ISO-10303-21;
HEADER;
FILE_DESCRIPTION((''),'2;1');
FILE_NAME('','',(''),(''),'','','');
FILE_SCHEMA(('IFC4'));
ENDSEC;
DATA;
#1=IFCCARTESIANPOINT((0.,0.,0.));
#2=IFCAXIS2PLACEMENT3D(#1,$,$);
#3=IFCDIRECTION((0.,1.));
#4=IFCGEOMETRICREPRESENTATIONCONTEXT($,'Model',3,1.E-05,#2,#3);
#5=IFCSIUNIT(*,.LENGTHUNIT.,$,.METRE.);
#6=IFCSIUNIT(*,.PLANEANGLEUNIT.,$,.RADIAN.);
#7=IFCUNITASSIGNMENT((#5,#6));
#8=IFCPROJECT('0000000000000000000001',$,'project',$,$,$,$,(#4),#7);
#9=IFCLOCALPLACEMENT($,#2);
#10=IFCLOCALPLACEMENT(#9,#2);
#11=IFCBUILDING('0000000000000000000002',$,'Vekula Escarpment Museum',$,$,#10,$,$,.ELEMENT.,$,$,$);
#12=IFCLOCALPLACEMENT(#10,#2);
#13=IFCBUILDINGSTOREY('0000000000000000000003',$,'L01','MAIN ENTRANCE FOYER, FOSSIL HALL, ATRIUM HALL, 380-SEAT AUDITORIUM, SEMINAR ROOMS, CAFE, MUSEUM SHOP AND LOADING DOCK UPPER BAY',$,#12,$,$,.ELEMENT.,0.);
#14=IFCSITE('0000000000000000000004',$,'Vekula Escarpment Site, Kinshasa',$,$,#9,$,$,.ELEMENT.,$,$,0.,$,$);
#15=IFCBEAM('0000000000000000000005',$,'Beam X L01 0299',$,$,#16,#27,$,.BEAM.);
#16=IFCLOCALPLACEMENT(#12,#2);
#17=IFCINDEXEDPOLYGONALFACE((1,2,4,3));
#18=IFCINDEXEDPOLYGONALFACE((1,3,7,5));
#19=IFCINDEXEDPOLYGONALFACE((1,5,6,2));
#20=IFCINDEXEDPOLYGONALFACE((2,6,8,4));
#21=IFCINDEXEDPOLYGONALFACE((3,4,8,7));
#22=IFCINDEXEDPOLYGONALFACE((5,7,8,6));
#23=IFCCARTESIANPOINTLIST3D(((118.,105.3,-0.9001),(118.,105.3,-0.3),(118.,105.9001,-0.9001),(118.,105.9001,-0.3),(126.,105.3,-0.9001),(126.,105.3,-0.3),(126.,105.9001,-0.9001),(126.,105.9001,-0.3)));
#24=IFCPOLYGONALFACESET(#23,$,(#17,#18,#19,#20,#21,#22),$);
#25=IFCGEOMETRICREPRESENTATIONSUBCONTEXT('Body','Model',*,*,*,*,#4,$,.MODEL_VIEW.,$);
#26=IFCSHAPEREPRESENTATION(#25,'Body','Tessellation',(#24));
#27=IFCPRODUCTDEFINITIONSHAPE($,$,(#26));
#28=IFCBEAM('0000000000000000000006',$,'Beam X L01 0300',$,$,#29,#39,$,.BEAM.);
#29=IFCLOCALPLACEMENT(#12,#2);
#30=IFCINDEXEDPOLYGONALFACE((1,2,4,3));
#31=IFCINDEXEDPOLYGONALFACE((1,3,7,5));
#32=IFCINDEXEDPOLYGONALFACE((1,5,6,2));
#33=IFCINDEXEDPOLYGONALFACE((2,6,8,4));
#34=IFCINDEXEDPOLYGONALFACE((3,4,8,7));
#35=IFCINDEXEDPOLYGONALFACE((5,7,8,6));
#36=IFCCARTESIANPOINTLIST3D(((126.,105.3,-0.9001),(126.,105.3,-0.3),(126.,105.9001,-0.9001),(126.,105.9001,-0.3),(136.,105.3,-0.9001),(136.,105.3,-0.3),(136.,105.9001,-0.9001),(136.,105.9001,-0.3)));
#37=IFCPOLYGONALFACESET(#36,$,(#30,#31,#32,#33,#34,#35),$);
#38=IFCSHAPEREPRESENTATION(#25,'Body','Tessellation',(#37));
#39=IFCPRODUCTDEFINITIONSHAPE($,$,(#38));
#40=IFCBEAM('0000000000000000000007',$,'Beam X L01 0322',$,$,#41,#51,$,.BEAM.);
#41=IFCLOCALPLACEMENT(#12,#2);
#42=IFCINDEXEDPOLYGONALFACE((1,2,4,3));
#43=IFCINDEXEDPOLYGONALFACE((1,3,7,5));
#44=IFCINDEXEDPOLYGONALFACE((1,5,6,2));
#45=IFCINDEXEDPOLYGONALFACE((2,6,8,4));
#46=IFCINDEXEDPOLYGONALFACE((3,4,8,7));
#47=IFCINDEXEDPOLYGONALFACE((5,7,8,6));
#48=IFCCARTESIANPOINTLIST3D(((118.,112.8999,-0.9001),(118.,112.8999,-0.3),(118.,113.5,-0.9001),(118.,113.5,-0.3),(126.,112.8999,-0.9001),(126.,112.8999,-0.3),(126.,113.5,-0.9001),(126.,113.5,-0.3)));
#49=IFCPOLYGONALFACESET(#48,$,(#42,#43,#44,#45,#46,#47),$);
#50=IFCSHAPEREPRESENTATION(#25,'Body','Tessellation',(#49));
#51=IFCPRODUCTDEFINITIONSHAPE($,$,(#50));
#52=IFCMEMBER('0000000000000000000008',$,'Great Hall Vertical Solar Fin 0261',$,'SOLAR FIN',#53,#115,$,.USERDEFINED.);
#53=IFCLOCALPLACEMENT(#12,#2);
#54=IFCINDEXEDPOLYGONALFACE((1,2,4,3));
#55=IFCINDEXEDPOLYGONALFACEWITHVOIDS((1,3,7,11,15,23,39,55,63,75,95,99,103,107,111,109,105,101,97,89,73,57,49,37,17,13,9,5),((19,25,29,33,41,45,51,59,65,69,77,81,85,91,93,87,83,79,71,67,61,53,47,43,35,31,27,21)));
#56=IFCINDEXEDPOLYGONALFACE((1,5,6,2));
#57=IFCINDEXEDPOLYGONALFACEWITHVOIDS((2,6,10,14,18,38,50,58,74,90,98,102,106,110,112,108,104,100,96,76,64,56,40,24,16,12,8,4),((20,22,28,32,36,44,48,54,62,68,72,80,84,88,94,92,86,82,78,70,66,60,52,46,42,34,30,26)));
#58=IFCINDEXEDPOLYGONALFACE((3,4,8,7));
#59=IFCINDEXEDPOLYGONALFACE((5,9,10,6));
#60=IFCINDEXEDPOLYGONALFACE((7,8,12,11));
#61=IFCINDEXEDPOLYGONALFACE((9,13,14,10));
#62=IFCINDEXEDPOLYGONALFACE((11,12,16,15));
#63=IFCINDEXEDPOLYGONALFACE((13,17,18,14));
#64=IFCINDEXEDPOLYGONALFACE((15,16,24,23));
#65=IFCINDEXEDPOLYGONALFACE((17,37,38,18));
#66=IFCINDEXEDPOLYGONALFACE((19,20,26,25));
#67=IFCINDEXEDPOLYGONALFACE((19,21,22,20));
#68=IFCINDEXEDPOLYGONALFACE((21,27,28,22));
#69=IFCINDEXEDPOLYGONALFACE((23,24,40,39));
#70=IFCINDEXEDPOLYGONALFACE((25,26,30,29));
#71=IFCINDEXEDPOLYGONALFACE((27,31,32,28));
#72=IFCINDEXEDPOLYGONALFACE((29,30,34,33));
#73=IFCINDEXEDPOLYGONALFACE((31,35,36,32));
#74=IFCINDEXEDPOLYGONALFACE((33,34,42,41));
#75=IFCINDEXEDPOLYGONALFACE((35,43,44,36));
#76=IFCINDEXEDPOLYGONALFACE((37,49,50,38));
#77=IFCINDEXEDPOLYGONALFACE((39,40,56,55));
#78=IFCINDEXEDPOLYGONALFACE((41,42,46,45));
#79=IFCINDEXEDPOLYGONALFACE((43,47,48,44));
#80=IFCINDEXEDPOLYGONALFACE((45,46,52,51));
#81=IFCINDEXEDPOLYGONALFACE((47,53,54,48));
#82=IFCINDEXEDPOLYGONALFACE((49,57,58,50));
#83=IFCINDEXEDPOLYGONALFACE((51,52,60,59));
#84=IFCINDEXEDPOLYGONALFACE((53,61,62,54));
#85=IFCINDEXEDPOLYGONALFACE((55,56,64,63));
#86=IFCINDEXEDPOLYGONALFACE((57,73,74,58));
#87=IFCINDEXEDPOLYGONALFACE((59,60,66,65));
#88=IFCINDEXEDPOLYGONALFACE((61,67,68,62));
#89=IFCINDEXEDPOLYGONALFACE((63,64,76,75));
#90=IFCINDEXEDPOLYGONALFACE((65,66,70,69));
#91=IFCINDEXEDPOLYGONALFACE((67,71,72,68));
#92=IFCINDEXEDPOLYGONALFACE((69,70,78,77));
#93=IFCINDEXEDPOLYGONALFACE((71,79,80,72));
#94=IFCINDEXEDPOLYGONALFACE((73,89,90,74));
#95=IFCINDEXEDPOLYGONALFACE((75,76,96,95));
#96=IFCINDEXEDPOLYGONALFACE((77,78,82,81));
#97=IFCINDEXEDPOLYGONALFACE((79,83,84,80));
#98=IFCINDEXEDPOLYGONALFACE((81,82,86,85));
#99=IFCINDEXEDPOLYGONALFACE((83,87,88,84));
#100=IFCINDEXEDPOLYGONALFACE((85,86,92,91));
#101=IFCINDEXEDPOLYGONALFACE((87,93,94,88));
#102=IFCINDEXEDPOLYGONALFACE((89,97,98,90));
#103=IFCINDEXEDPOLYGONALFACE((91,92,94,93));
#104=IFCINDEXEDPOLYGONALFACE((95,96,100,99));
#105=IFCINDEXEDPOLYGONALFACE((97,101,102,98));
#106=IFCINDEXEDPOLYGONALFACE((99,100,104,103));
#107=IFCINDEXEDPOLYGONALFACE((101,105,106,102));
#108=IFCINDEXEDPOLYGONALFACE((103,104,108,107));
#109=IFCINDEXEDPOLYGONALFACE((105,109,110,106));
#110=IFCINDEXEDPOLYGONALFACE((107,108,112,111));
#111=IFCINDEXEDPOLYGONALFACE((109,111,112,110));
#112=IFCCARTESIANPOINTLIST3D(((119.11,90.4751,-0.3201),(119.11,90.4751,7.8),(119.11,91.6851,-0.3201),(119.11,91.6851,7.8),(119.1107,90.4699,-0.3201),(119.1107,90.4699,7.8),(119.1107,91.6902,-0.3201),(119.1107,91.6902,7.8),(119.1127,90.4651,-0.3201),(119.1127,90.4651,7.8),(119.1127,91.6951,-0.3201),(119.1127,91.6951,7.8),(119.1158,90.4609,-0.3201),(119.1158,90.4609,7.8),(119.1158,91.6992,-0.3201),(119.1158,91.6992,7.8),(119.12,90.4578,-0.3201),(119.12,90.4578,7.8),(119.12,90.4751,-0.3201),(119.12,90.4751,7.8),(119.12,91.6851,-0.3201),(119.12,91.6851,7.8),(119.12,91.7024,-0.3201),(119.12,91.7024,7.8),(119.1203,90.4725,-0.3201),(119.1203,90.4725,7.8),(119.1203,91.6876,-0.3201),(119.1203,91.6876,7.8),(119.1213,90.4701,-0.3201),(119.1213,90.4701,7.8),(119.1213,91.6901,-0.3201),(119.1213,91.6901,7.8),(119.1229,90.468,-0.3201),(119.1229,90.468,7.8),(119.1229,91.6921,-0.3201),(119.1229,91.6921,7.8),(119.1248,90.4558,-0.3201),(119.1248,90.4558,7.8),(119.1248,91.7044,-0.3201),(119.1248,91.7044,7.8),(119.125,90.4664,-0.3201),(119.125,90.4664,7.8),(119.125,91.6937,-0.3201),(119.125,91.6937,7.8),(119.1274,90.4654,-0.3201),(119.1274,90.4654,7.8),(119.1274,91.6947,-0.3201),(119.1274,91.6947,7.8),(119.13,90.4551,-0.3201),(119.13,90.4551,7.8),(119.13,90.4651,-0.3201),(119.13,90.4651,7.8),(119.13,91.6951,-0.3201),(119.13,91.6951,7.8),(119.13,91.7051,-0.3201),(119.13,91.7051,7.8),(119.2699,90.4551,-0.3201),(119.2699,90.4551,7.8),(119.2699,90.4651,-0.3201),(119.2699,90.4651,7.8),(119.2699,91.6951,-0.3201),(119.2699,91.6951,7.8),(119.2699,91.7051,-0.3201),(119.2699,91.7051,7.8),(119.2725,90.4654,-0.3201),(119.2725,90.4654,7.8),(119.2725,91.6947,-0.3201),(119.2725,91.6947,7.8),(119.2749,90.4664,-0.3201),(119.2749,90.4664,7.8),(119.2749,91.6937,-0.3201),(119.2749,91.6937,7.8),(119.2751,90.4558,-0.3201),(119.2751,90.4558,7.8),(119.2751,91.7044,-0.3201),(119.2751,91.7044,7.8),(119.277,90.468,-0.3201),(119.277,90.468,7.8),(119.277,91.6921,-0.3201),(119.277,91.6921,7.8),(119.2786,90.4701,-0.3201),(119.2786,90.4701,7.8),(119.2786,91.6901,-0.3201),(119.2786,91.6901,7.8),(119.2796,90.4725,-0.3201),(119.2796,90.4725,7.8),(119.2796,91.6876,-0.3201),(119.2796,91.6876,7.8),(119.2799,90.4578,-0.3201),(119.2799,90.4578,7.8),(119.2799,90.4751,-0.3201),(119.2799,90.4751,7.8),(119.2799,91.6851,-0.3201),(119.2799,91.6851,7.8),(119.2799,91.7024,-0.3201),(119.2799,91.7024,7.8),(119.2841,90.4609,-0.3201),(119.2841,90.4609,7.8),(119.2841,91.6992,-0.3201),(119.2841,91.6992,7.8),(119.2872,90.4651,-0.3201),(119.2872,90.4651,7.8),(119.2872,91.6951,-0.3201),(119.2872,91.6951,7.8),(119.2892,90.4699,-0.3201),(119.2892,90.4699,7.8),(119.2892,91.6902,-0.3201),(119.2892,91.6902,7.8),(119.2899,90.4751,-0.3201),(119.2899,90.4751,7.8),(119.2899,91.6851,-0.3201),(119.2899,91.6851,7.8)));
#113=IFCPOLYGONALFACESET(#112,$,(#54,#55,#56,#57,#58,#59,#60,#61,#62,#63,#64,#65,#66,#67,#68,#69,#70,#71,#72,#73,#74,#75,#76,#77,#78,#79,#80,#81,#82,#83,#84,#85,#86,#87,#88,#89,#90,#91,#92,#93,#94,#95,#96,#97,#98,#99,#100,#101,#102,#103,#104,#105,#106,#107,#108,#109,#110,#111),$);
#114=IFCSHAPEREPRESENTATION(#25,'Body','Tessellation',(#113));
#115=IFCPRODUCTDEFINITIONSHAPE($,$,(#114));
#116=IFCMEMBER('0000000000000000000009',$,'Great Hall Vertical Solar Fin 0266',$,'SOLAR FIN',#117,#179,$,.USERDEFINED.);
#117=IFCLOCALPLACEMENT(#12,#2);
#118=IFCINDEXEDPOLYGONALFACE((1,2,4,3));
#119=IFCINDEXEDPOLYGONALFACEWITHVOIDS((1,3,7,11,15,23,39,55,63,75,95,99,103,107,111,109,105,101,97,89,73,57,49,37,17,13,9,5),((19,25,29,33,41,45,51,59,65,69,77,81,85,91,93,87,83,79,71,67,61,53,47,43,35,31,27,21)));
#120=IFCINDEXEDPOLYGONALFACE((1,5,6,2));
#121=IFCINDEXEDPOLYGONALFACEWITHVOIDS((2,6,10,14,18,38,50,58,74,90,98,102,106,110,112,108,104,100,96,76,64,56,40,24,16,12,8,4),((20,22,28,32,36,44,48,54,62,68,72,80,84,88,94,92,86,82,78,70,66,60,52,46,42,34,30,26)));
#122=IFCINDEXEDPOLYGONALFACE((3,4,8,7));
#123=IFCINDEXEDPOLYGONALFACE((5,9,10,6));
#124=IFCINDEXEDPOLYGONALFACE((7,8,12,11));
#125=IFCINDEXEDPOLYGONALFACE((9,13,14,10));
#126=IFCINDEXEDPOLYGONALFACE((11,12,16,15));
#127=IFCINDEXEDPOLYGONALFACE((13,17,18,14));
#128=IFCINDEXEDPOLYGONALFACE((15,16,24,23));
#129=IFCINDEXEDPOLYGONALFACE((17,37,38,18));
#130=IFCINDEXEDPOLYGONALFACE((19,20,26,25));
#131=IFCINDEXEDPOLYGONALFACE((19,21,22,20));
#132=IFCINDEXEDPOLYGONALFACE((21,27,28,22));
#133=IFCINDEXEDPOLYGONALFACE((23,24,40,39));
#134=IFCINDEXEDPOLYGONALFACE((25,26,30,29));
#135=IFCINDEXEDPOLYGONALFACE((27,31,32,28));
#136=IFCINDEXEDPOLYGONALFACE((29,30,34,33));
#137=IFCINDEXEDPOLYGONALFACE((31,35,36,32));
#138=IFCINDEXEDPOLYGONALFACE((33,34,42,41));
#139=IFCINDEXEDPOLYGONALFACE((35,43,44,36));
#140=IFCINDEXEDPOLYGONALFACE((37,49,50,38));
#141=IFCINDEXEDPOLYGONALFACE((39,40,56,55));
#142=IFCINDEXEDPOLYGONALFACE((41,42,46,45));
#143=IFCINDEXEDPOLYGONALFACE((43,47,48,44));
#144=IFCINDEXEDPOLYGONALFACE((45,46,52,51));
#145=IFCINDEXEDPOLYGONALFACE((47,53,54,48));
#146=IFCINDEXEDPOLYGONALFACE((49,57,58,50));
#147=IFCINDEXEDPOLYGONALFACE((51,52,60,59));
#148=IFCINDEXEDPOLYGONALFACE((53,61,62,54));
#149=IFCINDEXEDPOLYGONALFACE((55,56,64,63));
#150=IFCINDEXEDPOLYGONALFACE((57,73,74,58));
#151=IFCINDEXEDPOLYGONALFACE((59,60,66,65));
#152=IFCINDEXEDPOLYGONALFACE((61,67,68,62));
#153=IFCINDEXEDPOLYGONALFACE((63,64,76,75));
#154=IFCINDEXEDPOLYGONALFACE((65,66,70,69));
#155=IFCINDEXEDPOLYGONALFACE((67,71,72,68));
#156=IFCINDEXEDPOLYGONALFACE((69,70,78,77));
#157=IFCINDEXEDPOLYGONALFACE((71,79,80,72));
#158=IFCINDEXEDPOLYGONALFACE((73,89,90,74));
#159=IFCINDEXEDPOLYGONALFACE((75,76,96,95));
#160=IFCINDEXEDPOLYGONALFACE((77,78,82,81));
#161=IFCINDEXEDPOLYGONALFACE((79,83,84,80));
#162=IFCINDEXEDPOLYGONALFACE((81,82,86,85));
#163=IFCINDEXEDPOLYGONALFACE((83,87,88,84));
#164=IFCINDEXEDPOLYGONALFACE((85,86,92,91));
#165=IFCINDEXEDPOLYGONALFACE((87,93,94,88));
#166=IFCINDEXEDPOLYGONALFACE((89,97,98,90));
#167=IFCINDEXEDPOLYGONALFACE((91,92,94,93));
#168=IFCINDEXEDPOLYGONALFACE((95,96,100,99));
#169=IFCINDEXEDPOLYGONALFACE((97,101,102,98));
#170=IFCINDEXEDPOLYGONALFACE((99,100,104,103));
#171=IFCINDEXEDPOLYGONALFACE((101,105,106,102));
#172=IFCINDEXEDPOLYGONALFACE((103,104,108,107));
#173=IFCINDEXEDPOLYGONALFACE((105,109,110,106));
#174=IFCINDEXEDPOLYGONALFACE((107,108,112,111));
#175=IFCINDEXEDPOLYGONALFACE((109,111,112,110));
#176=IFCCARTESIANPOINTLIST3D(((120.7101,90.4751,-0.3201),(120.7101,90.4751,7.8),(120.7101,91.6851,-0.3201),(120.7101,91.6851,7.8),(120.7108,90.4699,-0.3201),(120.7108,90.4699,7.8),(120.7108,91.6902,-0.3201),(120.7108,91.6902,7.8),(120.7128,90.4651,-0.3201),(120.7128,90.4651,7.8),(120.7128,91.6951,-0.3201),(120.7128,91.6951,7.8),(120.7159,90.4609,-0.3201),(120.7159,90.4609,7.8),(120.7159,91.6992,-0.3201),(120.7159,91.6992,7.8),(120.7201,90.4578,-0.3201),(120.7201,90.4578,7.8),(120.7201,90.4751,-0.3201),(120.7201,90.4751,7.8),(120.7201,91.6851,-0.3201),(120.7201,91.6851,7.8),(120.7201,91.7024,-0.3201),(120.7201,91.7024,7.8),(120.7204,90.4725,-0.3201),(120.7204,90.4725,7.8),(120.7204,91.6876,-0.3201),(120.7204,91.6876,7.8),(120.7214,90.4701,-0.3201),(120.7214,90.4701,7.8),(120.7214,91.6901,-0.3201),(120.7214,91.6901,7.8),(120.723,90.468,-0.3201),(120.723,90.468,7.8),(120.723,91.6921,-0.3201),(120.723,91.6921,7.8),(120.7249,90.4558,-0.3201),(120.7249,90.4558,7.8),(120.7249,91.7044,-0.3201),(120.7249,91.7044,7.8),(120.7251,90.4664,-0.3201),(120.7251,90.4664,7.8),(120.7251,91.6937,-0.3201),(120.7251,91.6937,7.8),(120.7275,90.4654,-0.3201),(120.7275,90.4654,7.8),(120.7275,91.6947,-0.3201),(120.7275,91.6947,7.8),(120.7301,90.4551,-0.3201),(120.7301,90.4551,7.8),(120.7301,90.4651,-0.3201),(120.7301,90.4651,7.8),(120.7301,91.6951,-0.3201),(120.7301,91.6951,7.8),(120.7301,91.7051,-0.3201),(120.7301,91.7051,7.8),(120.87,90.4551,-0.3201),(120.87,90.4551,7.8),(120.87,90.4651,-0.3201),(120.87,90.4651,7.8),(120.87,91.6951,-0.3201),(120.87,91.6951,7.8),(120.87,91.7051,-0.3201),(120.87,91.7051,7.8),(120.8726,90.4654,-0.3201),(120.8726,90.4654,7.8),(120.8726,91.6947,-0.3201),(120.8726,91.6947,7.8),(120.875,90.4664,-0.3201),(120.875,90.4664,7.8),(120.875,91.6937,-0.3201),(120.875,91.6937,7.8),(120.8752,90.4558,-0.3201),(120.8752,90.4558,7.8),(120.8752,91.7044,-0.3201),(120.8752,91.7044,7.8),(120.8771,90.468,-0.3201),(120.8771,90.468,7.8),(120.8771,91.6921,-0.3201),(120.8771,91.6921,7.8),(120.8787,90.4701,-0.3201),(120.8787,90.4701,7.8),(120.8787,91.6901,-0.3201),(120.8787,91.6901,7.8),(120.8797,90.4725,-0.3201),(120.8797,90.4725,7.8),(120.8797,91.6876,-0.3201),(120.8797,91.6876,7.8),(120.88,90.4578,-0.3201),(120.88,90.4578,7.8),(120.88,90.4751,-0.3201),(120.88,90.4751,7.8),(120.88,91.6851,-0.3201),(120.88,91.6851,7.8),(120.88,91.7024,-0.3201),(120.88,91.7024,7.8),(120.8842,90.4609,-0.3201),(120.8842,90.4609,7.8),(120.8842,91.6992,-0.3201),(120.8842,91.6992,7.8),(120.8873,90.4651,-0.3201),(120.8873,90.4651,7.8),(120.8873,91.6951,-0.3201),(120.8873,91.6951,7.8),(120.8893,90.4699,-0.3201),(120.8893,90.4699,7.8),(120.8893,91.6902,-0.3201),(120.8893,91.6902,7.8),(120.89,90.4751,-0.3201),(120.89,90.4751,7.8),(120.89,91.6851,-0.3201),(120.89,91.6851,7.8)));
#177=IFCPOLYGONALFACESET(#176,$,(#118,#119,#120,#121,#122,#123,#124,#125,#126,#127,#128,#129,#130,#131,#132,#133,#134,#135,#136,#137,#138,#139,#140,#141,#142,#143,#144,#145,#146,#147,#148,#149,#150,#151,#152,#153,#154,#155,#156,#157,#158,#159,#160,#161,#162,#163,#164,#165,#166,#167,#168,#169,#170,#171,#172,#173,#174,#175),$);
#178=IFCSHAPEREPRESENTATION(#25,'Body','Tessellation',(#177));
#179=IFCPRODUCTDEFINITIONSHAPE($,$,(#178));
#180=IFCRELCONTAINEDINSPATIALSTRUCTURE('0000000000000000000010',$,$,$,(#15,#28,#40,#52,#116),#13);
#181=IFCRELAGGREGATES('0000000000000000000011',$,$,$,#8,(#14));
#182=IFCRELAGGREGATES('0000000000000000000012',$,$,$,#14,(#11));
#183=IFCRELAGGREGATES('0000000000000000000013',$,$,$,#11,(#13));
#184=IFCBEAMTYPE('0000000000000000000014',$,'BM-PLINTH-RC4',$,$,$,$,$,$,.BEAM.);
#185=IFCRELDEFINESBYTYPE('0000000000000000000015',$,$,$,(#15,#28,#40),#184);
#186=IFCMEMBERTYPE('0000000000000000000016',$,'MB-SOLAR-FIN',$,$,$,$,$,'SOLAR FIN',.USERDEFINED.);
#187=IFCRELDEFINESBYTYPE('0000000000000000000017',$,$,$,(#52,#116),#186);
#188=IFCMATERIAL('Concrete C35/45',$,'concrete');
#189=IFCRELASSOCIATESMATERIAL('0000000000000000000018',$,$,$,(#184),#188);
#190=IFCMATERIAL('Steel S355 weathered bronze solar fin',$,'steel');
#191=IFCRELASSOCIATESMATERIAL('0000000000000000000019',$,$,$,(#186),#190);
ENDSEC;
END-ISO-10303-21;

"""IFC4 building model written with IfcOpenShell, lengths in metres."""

from ifc_helpers import new_model, si_unit, direction, frame, origin, origin_2d, place, context, subcontext, project, spatial, rectangle, hollow_rectangle, extrude, material, material_profile, profile_set, type_object, element, save


model = new_model("IFC4")

# Units and contexts
model_context = context("Model", 3, precision=1e-05, world=origin(), true_north=direction((0.0, 1.0)))
body_context = subcontext(model_context, "Body", "Model", "MODEL_VIEW")
ifc_project = project(units=[si_unit("LENGTHUNIT", "METRE"), si_unit("PLANEANGLEUNIT", "RADIAN")], contexts=[model_context])

# Site, building, storey
site_placement = place(None, origin())
site = spatial("IfcSite", under=ifc_project, at=site_placement, Name="Vekula Escarpment Site, Kinshasa", CompositionType="ELEMENT", RefElevation=0.0)
building_placement = place(site_placement, origin())
building = spatial("IfcBuilding", under=site, at=building_placement, Name="Vekula Escarpment Museum", CompositionType="ELEMENT")
storey_placement = place(building_placement, origin())
storey = spatial("IfcBuildingStorey", under=building, at=storey_placement, Name="L01", Description="MAIN ENTRANCE FOYER, FOSSIL HALL, ATRIUM HALL, 380-SEAT AUDITORIUM, SEMINAR ROOMS, CAFE, MUSEUM SHOP AND LOADING DOCK UPPER BAY", CompositionType="ELEMENT", Elevation=0.0)

# Beams
ifc_material_1 = material(Name="Concrete C35/45", Category="concrete")
ifc_material_profile_1 = material_profile(ifc_material_1, rectangle(XDim=0.6001, YDim=0.6001, at=origin_2d()), Name="RC 600x600")
ifc_profile_set_1 = profile_set([ifc_material_profile_1], Name="Concrete C35/45")
beam_type_1 = type_object("IfcBeamType", Name="BM-PLINTH-RC4", PredefinedType="BEAM", material=ifc_profile_set_1)
beam_1_placement = place(storey_placement, frame((118.0, 105.6001, -0.6001), z_axis=(1.0, 0.0, 0.0), x_axis=(0.0, 1.0, 0.0)))
element("IfcBeam", 1, at=beam_1_placement, inside=storey, type_object=beam_type_1, Name="Beam X L01 0299", PredefinedType="BEAM", context=body_context, shape_type="SweptSolid", body=[
    extrude(rectangle(XDim=0.6001, YDim=0.6001, at=origin_2d()), origin(), (0.0, 0.0, 1.0), 8.0),
])
beam_2_placement = place(storey_placement, frame((126.0, 105.6001, -0.6001), z_axis=(1.0, 0.0, 0.0), x_axis=(0.0, 1.0, 0.0)))
element("IfcBeam", 2, at=beam_2_placement, inside=storey, type_object=beam_type_1, Name="Beam X L01 0300", PredefinedType="BEAM", context=body_context, shape_type="SweptSolid", body=[
    extrude(rectangle(XDim=0.6001, YDim=0.6001, at=origin_2d()), origin(), (0.0, 0.0, 1.0), 10.0),
])
beam_3_placement = place(storey_placement, frame((118.0, 113.2, -0.6001), z_axis=(1.0, 0.0, 0.0), x_axis=(0.0, 1.0, 0.0)))
element("IfcBeam", 3, at=beam_3_placement, inside=storey, type_object=beam_type_1, Name="Beam X L01 0322", PredefinedType="BEAM", context=body_context, shape_type="SweptSolid", body=[
    extrude(rectangle(XDim=0.6001, YDim=0.6001, at=origin_2d()), origin(), (0.0, 0.0, 1.0), 8.0),
])

# Members
ifc_material_2 = material(Name="Steel S355 weathered bronze solar fin", Category="steel")
ifc_material_profile_2 = material_profile(ifc_material_2, hollow_rectangle(XDim=0.1799, YDim=1.25, WallThickness=0.01, InnerFilletRadius=0.01, OuterFilletRadius=0.02, at=origin_2d()), Name="RHS 1250x180x10")
ifc_profile_set_2 = profile_set([ifc_material_profile_2], Name="Steel S355 weathered bronze solar fin")
member_type = type_object("IfcMemberType", Name="MB-SOLAR-FIN", ElementType="SOLAR FIN", PredefinedType="USERDEFINED", material=ifc_profile_set_2)
for number, where, z_axis, x_axis, name in (
    (4, (119.2, 91.0801, -0.3201), (0.0, 0.0, 1.0), (1.0, 0.0, 0.0), "Great Hall Vertical Solar Fin 0261"),
    (5, (120.8, 91.0801, -0.3201), (0.0, 0.0, 1.0), (1.0, 0.0, 0.0), "Great Hall Vertical Solar Fin 0266"),
):
    element("IfcMember", number, at=place(storey_placement, frame(where, z_axis=z_axis, x_axis=x_axis)), inside=storey, type_object=member_type, Name=name, ObjectType="SOLAR FIN", PredefinedType="USERDEFINED", context=body_context, shape_type="SweptSolid", body=[
        extrude(hollow_rectangle(XDim=0.1799, YDim=1.25, WallThickness=0.01, InnerFilletRadius=0.01, OuterFilletRadius=0.02, at=origin_2d()), origin(), (0.0, 0.0, 1.0), 8.1201),
    ])

save(model, "model.ifc")
